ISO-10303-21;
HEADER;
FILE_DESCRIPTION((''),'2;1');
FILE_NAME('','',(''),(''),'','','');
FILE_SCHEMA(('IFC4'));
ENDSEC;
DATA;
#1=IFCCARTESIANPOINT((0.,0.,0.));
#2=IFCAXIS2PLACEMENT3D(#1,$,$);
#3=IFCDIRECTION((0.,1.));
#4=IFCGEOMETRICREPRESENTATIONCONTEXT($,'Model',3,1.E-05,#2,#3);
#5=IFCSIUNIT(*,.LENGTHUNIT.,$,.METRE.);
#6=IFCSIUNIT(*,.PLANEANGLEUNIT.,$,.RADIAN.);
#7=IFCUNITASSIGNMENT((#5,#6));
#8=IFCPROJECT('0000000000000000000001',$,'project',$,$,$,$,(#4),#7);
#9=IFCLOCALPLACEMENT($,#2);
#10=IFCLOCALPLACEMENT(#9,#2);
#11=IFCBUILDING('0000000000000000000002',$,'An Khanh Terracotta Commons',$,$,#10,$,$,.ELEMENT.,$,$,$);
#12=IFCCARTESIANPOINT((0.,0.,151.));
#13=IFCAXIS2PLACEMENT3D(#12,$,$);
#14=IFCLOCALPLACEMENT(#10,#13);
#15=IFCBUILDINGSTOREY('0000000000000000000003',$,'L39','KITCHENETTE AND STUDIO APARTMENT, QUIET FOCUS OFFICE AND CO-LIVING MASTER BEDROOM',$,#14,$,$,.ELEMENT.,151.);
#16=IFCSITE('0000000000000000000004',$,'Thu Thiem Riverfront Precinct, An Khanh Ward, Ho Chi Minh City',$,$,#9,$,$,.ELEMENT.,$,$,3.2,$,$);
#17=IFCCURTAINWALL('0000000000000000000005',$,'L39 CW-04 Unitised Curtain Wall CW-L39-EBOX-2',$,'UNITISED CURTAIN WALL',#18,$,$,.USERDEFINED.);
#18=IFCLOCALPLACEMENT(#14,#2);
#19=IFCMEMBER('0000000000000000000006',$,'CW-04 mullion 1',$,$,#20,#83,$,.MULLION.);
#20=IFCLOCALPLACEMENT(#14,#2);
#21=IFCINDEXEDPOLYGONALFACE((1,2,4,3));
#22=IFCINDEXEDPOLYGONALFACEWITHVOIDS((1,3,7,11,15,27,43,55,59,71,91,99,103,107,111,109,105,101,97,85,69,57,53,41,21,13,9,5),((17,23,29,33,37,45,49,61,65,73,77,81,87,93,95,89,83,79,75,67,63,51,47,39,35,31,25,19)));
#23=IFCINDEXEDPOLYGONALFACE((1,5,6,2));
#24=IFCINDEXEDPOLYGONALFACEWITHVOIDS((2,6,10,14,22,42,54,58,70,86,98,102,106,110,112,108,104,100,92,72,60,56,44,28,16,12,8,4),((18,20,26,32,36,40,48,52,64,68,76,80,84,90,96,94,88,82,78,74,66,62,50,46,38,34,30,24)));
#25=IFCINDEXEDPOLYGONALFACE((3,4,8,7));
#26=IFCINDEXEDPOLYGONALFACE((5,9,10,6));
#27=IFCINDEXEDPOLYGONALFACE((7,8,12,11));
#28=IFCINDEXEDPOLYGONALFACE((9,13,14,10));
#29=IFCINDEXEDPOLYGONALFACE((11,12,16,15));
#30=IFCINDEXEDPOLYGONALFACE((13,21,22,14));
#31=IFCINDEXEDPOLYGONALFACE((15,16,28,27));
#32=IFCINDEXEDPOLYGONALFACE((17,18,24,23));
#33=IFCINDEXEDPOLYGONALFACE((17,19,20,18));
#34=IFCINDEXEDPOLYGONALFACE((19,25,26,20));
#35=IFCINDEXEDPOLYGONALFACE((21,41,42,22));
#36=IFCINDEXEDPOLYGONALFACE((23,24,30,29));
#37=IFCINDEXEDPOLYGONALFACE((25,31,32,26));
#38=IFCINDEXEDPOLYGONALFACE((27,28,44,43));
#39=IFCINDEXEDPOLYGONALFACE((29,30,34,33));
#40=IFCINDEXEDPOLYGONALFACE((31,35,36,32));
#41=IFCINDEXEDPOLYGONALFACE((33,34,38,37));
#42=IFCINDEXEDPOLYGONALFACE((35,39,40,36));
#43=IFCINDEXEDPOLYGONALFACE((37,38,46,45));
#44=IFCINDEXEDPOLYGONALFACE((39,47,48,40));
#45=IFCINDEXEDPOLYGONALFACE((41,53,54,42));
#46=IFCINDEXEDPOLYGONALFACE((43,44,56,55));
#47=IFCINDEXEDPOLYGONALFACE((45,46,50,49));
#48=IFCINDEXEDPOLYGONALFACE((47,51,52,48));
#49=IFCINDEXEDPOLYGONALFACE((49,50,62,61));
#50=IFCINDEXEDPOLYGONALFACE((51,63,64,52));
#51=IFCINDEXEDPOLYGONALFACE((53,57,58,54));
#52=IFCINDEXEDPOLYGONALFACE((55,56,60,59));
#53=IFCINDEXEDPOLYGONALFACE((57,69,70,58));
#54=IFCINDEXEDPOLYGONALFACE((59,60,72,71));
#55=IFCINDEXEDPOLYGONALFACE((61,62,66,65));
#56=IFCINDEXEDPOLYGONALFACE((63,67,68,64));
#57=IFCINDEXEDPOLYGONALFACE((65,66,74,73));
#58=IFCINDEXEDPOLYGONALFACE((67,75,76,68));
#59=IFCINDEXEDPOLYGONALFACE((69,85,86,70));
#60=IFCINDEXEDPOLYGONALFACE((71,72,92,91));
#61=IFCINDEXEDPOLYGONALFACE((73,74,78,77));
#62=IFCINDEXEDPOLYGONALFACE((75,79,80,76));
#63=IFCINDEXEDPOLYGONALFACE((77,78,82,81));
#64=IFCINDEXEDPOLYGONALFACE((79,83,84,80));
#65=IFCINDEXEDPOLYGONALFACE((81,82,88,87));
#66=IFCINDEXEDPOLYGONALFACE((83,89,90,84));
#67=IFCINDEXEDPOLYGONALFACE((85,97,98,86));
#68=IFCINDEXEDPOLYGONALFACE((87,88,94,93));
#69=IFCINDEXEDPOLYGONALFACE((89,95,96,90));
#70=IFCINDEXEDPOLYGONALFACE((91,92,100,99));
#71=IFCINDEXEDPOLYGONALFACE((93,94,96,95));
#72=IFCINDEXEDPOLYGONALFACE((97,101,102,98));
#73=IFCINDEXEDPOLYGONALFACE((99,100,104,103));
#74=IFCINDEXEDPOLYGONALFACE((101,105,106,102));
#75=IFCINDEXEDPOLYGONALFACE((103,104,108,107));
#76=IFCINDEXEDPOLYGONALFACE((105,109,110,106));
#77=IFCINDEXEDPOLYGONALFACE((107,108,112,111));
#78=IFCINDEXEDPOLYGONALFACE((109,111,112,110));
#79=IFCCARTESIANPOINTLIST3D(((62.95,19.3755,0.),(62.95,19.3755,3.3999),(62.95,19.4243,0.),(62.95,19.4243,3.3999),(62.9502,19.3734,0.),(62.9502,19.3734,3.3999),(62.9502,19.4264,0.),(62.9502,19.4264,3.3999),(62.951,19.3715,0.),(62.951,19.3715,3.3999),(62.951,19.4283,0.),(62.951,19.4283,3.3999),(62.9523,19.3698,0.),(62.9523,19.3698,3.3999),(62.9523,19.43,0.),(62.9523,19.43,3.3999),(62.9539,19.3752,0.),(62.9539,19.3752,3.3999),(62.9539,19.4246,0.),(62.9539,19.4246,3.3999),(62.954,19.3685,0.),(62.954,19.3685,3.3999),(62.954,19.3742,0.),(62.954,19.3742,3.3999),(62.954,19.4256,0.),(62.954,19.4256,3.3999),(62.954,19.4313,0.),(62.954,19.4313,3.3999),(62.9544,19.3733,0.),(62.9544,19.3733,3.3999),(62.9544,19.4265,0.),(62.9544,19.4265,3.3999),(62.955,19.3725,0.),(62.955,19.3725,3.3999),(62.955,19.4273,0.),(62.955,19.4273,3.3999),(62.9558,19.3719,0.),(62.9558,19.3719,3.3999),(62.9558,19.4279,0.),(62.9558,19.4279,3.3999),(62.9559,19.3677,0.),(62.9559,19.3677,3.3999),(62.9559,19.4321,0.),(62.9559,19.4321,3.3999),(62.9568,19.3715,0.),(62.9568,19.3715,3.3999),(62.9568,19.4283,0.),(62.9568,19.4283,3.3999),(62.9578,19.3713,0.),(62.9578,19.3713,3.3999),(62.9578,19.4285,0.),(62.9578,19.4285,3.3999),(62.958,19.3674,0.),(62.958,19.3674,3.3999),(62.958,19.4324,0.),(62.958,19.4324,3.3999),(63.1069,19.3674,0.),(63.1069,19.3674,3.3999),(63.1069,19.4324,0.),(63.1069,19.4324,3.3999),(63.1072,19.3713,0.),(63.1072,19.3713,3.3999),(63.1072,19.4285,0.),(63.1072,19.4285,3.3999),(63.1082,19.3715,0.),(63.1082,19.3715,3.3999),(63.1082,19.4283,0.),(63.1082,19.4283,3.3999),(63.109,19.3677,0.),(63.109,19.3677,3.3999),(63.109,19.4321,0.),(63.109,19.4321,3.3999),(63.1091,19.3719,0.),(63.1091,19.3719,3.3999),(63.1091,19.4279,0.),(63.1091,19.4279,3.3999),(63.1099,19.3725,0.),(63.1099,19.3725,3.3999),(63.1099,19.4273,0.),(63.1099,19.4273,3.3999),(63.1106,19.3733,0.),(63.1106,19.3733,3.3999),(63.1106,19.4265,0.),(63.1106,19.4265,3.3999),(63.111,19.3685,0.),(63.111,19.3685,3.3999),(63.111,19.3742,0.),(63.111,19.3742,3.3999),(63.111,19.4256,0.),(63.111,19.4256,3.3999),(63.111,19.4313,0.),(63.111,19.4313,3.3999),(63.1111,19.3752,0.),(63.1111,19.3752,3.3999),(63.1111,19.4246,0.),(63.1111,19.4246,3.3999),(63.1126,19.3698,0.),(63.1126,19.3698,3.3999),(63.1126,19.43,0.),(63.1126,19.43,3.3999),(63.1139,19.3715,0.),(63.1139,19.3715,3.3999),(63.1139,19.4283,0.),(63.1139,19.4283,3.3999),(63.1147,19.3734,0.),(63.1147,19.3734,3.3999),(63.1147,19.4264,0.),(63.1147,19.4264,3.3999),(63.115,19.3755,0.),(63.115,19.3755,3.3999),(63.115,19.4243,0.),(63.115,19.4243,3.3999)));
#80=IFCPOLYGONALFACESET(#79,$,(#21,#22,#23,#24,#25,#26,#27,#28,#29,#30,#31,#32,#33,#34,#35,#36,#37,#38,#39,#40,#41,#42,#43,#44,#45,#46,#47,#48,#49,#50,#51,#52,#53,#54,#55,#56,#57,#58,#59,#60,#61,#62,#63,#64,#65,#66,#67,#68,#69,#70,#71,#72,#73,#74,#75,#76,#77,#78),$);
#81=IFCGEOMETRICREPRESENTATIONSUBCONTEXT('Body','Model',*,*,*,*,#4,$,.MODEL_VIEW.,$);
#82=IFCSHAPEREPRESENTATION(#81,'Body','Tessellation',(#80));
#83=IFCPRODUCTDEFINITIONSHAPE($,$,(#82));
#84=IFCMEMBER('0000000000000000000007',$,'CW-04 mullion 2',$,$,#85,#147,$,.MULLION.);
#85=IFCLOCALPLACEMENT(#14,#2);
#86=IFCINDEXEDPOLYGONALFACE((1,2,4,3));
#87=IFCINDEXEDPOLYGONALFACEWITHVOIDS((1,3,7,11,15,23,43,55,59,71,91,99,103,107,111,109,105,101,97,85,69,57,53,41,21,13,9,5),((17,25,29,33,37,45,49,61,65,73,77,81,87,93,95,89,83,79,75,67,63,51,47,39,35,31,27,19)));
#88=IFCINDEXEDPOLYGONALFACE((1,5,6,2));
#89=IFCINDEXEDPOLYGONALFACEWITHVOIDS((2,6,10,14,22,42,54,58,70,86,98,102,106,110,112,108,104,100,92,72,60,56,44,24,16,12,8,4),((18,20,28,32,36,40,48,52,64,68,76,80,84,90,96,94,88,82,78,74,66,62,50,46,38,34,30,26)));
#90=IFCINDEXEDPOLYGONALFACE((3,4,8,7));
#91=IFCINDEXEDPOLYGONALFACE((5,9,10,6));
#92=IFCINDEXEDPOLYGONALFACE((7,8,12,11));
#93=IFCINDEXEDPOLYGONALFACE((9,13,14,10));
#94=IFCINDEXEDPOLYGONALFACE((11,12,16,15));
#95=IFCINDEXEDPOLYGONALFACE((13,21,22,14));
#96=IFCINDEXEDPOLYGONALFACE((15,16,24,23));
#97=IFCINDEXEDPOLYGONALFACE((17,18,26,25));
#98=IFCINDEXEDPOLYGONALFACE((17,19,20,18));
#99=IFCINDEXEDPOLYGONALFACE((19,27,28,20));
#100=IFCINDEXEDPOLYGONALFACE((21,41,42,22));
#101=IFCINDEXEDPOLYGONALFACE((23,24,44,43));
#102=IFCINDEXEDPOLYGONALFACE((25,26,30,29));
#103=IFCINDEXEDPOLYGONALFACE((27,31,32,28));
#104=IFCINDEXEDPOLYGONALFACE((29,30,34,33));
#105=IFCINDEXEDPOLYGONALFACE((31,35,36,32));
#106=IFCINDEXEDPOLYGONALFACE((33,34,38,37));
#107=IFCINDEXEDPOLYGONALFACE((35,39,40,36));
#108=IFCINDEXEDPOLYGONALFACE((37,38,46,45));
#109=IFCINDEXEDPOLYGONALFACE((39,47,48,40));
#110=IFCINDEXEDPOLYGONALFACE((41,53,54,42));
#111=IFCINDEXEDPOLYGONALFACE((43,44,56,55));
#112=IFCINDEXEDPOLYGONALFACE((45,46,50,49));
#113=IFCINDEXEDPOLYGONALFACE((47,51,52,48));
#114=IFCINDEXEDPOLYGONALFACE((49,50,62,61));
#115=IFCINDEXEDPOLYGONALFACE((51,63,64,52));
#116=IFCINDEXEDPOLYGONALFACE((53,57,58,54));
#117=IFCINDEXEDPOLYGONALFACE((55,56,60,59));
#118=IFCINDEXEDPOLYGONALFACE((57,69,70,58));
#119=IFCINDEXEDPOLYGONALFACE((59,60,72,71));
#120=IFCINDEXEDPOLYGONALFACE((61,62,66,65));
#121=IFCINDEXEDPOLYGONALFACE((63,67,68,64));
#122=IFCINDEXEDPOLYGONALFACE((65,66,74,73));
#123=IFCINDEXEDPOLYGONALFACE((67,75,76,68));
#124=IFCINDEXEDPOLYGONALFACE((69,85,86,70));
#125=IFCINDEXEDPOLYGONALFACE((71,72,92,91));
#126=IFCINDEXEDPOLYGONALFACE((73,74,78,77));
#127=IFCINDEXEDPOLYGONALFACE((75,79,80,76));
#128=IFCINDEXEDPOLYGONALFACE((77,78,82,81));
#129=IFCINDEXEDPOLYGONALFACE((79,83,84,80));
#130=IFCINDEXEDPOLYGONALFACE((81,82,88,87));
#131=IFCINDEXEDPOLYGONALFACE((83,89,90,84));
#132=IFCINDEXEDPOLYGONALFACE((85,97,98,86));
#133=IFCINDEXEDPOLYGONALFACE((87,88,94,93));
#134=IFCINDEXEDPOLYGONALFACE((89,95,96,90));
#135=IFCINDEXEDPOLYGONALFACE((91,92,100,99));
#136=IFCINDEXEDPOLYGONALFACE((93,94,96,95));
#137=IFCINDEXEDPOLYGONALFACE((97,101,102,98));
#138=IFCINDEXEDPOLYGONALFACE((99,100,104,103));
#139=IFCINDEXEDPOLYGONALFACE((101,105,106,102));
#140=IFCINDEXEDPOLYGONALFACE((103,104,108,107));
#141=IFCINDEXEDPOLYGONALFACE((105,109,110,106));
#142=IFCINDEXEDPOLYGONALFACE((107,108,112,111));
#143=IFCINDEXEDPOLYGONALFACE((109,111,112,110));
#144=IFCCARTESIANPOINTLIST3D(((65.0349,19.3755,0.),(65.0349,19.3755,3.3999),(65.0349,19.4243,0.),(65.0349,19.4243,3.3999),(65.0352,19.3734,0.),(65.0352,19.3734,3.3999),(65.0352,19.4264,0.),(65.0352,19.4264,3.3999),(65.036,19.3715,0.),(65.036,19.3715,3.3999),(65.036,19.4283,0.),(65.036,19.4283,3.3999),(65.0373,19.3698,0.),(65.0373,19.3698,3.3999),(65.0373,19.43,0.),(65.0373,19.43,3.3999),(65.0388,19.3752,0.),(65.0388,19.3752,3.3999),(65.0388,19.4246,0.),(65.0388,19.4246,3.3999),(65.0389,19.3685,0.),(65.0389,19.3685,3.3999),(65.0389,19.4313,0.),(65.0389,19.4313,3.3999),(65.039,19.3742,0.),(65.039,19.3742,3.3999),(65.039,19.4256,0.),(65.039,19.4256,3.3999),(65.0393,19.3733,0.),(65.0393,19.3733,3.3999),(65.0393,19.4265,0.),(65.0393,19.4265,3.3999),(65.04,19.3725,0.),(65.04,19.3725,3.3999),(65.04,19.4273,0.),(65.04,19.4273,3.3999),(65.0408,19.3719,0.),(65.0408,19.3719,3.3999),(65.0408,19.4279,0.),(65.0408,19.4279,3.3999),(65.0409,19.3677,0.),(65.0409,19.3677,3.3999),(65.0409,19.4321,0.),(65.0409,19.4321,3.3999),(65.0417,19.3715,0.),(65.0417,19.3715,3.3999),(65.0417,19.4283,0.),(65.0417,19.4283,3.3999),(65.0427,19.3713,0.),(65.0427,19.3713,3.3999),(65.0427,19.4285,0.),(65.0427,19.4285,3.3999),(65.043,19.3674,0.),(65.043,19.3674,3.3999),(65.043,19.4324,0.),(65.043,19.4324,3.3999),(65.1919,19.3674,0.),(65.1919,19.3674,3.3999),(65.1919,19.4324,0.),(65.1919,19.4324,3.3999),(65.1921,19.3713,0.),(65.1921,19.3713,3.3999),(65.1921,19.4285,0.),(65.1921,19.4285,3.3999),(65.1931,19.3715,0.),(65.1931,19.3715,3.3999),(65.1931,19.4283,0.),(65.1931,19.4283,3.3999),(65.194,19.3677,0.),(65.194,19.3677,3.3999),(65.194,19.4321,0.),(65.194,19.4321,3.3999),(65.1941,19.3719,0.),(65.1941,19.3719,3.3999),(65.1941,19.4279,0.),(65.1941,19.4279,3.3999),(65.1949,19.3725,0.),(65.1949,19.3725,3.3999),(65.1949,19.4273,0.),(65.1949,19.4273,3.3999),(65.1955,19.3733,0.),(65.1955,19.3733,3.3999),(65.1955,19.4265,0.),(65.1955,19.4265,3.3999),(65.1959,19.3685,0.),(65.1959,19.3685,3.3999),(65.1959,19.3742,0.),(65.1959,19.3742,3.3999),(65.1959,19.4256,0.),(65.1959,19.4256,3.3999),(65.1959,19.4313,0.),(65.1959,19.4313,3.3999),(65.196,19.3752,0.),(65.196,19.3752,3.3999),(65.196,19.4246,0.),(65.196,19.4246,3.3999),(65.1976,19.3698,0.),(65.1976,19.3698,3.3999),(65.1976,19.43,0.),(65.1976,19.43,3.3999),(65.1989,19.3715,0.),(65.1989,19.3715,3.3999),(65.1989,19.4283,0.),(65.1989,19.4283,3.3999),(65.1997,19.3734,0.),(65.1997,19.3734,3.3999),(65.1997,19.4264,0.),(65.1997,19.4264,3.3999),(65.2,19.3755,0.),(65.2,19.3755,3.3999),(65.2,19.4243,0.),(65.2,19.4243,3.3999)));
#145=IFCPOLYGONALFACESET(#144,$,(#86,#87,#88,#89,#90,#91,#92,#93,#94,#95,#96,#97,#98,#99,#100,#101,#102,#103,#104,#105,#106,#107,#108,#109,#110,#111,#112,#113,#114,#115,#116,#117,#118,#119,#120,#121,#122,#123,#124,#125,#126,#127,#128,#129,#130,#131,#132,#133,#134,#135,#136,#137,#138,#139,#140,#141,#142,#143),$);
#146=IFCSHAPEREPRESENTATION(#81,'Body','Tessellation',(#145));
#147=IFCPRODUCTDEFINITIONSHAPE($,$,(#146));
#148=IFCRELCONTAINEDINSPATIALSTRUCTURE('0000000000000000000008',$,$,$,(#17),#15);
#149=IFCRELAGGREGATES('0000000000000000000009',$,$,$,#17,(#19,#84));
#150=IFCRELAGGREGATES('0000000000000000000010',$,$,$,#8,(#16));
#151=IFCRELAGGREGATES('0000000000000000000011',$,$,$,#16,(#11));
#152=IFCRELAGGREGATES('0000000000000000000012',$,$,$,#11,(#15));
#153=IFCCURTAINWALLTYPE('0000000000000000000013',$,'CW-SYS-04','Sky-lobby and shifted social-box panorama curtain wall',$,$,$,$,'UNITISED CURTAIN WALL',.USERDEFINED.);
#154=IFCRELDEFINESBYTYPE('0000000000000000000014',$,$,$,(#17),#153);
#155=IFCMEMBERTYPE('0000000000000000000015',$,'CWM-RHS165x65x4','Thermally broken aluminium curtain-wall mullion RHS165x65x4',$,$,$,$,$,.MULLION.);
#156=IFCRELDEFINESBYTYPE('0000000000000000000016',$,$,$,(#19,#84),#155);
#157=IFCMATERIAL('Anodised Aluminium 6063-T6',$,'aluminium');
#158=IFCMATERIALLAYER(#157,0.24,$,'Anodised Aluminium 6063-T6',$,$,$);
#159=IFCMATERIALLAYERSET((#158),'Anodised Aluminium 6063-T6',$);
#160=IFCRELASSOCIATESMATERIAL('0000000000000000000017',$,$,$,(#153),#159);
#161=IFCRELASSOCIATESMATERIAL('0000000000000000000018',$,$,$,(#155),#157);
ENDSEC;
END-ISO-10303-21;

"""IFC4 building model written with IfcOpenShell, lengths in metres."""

from ifc_helpers import new_model, si_unit, direction, frame, origin, origin_2d, place, context, subcontext, project, spatial, hollow_rectangle, extrude, material, layer, layer_set, material_profile, profile_set, type_object, element, aggregate, save


model = new_model("IFC4")

# Units and contexts
model_context = context("Model", 3, precision=1e-05, world=origin(), true_north=direction((0.0, 1.0)))
body_context = subcontext(model_context, "Body", "Model", "MODEL_VIEW")
ifc_project = project(units=[si_unit("LENGTHUNIT", "METRE"), si_unit("PLANEANGLEUNIT", "RADIAN")], contexts=[model_context])

# Site, building, storey
site_placement = place(None, origin())
site = spatial("IfcSite", under=ifc_project, at=site_placement, Name="Thu Thiem Riverfront Precinct, An Khanh Ward, Ho Chi Minh City", CompositionType="ELEMENT", RefElevation=3.2)
building_placement = place(site_placement, origin())
building = spatial("IfcBuilding", under=site, at=building_placement, Name="An Khanh Terracotta Commons", CompositionType="ELEMENT")
storey_placement = place(building_placement, frame((0.0, 0.0, 151.0)))
storey = spatial("IfcBuildingStorey", under=building, at=storey_placement, Name="L39", Description="KITCHENETTE AND STUDIO APARTMENT, QUIET FOCUS OFFICE AND CO-LIVING MASTER BEDROOM", CompositionType="ELEMENT", Elevation=151.0)

# Curtain wall, members
ifc_material_1 = material(Name="Anodised Aluminium 6063-T6", Category="aluminium")
ifc_layer_1 = layer(ifc_material_1, 0.24, Name="Anodised Aluminium 6063-T6")
ifc_layer_set_1 = layer_set([ifc_layer_1], Name="Anodised Aluminium 6063-T6")
curtain_wall_type_1 = type_object("IfcCurtainWallType", Name="CW-SYS-04", Description="Sky-lobby and shifted social-box panorama curtain wall", ElementType="UNITISED CURTAIN WALL", PredefinedType="USERDEFINED", material=ifc_layer_set_1)
ifc_material_profile_1 = material_profile(ifc_material_1, hollow_rectangle(XDim=0.0649, YDim=0.165, WallThickness=0.0039, InnerFilletRadius=0.0039, OuterFilletRadius=0.0081, at=origin_2d()), Name="RHS165x65x4")
ifc_profile_set_1 = profile_set([ifc_material_profile_1], Name="Anodised Aluminium 6063-T6")
member_type_1 = type_object("IfcMemberType", Name="CWM-RHS165x65x4", Description="Thermally broken aluminium curtain-wall mullion RHS165x65x4", PredefinedType="MULLION", material=ifc_profile_set_1)
curtain_wall_1_placement = place(storey_placement, origin())
curtain_wall_1 = element("IfcCurtainWall", 1, at=curtain_wall_1_placement, inside=storey, type_object=curtain_wall_type_1, Name="L39 CW-04 Unitised Curtain Wall CW-L39-EBOX-2", ObjectType="UNITISED CURTAIN WALL", PredefinedType="USERDEFINED")
member_1_placement = place(storey_placement, frame((63.0325, 19.3999, 0.0), z_axis=(0.0, 0.0, 1.0), x_axis=(0.0, 1.0, 0.0)))
member_1 = element("IfcMember", 2, at=member_1_placement, type_object=member_type_1, Name="CW-04 mullion 1", PredefinedType="MULLION", context=body_context, shape_type="SweptSolid", body=[
    extrude(hollow_rectangle(XDim=0.0649, YDim=0.165, WallThickness=0.0039, InnerFilletRadius=0.0039, OuterFilletRadius=0.0081, at=origin_2d()), origin(), (0.0, 0.0, 1.0), 3.3999),
])
member_2_placement = place(storey_placement, frame((65.1174, 19.3999, 0.0), z_axis=(0.0, 0.0, 1.0), x_axis=(0.0, 1.0, 0.0)))
member_2 = element("IfcMember", 3, at=member_2_placement, type_object=member_type_1, Name="CW-04 mullion 2", PredefinedType="MULLION", context=body_context, shape_type="SweptSolid", body=[
    extrude(hollow_rectangle(XDim=0.0649, YDim=0.165, WallThickness=0.0039, InnerFilletRadius=0.0039, OuterFilletRadius=0.0081, at=origin_2d()), origin(), (0.0, 0.0, 1.0), 3.3999),
])

aggregate(curtain_wall_1, [member_1, member_2])

save(model, "model.ifc")
